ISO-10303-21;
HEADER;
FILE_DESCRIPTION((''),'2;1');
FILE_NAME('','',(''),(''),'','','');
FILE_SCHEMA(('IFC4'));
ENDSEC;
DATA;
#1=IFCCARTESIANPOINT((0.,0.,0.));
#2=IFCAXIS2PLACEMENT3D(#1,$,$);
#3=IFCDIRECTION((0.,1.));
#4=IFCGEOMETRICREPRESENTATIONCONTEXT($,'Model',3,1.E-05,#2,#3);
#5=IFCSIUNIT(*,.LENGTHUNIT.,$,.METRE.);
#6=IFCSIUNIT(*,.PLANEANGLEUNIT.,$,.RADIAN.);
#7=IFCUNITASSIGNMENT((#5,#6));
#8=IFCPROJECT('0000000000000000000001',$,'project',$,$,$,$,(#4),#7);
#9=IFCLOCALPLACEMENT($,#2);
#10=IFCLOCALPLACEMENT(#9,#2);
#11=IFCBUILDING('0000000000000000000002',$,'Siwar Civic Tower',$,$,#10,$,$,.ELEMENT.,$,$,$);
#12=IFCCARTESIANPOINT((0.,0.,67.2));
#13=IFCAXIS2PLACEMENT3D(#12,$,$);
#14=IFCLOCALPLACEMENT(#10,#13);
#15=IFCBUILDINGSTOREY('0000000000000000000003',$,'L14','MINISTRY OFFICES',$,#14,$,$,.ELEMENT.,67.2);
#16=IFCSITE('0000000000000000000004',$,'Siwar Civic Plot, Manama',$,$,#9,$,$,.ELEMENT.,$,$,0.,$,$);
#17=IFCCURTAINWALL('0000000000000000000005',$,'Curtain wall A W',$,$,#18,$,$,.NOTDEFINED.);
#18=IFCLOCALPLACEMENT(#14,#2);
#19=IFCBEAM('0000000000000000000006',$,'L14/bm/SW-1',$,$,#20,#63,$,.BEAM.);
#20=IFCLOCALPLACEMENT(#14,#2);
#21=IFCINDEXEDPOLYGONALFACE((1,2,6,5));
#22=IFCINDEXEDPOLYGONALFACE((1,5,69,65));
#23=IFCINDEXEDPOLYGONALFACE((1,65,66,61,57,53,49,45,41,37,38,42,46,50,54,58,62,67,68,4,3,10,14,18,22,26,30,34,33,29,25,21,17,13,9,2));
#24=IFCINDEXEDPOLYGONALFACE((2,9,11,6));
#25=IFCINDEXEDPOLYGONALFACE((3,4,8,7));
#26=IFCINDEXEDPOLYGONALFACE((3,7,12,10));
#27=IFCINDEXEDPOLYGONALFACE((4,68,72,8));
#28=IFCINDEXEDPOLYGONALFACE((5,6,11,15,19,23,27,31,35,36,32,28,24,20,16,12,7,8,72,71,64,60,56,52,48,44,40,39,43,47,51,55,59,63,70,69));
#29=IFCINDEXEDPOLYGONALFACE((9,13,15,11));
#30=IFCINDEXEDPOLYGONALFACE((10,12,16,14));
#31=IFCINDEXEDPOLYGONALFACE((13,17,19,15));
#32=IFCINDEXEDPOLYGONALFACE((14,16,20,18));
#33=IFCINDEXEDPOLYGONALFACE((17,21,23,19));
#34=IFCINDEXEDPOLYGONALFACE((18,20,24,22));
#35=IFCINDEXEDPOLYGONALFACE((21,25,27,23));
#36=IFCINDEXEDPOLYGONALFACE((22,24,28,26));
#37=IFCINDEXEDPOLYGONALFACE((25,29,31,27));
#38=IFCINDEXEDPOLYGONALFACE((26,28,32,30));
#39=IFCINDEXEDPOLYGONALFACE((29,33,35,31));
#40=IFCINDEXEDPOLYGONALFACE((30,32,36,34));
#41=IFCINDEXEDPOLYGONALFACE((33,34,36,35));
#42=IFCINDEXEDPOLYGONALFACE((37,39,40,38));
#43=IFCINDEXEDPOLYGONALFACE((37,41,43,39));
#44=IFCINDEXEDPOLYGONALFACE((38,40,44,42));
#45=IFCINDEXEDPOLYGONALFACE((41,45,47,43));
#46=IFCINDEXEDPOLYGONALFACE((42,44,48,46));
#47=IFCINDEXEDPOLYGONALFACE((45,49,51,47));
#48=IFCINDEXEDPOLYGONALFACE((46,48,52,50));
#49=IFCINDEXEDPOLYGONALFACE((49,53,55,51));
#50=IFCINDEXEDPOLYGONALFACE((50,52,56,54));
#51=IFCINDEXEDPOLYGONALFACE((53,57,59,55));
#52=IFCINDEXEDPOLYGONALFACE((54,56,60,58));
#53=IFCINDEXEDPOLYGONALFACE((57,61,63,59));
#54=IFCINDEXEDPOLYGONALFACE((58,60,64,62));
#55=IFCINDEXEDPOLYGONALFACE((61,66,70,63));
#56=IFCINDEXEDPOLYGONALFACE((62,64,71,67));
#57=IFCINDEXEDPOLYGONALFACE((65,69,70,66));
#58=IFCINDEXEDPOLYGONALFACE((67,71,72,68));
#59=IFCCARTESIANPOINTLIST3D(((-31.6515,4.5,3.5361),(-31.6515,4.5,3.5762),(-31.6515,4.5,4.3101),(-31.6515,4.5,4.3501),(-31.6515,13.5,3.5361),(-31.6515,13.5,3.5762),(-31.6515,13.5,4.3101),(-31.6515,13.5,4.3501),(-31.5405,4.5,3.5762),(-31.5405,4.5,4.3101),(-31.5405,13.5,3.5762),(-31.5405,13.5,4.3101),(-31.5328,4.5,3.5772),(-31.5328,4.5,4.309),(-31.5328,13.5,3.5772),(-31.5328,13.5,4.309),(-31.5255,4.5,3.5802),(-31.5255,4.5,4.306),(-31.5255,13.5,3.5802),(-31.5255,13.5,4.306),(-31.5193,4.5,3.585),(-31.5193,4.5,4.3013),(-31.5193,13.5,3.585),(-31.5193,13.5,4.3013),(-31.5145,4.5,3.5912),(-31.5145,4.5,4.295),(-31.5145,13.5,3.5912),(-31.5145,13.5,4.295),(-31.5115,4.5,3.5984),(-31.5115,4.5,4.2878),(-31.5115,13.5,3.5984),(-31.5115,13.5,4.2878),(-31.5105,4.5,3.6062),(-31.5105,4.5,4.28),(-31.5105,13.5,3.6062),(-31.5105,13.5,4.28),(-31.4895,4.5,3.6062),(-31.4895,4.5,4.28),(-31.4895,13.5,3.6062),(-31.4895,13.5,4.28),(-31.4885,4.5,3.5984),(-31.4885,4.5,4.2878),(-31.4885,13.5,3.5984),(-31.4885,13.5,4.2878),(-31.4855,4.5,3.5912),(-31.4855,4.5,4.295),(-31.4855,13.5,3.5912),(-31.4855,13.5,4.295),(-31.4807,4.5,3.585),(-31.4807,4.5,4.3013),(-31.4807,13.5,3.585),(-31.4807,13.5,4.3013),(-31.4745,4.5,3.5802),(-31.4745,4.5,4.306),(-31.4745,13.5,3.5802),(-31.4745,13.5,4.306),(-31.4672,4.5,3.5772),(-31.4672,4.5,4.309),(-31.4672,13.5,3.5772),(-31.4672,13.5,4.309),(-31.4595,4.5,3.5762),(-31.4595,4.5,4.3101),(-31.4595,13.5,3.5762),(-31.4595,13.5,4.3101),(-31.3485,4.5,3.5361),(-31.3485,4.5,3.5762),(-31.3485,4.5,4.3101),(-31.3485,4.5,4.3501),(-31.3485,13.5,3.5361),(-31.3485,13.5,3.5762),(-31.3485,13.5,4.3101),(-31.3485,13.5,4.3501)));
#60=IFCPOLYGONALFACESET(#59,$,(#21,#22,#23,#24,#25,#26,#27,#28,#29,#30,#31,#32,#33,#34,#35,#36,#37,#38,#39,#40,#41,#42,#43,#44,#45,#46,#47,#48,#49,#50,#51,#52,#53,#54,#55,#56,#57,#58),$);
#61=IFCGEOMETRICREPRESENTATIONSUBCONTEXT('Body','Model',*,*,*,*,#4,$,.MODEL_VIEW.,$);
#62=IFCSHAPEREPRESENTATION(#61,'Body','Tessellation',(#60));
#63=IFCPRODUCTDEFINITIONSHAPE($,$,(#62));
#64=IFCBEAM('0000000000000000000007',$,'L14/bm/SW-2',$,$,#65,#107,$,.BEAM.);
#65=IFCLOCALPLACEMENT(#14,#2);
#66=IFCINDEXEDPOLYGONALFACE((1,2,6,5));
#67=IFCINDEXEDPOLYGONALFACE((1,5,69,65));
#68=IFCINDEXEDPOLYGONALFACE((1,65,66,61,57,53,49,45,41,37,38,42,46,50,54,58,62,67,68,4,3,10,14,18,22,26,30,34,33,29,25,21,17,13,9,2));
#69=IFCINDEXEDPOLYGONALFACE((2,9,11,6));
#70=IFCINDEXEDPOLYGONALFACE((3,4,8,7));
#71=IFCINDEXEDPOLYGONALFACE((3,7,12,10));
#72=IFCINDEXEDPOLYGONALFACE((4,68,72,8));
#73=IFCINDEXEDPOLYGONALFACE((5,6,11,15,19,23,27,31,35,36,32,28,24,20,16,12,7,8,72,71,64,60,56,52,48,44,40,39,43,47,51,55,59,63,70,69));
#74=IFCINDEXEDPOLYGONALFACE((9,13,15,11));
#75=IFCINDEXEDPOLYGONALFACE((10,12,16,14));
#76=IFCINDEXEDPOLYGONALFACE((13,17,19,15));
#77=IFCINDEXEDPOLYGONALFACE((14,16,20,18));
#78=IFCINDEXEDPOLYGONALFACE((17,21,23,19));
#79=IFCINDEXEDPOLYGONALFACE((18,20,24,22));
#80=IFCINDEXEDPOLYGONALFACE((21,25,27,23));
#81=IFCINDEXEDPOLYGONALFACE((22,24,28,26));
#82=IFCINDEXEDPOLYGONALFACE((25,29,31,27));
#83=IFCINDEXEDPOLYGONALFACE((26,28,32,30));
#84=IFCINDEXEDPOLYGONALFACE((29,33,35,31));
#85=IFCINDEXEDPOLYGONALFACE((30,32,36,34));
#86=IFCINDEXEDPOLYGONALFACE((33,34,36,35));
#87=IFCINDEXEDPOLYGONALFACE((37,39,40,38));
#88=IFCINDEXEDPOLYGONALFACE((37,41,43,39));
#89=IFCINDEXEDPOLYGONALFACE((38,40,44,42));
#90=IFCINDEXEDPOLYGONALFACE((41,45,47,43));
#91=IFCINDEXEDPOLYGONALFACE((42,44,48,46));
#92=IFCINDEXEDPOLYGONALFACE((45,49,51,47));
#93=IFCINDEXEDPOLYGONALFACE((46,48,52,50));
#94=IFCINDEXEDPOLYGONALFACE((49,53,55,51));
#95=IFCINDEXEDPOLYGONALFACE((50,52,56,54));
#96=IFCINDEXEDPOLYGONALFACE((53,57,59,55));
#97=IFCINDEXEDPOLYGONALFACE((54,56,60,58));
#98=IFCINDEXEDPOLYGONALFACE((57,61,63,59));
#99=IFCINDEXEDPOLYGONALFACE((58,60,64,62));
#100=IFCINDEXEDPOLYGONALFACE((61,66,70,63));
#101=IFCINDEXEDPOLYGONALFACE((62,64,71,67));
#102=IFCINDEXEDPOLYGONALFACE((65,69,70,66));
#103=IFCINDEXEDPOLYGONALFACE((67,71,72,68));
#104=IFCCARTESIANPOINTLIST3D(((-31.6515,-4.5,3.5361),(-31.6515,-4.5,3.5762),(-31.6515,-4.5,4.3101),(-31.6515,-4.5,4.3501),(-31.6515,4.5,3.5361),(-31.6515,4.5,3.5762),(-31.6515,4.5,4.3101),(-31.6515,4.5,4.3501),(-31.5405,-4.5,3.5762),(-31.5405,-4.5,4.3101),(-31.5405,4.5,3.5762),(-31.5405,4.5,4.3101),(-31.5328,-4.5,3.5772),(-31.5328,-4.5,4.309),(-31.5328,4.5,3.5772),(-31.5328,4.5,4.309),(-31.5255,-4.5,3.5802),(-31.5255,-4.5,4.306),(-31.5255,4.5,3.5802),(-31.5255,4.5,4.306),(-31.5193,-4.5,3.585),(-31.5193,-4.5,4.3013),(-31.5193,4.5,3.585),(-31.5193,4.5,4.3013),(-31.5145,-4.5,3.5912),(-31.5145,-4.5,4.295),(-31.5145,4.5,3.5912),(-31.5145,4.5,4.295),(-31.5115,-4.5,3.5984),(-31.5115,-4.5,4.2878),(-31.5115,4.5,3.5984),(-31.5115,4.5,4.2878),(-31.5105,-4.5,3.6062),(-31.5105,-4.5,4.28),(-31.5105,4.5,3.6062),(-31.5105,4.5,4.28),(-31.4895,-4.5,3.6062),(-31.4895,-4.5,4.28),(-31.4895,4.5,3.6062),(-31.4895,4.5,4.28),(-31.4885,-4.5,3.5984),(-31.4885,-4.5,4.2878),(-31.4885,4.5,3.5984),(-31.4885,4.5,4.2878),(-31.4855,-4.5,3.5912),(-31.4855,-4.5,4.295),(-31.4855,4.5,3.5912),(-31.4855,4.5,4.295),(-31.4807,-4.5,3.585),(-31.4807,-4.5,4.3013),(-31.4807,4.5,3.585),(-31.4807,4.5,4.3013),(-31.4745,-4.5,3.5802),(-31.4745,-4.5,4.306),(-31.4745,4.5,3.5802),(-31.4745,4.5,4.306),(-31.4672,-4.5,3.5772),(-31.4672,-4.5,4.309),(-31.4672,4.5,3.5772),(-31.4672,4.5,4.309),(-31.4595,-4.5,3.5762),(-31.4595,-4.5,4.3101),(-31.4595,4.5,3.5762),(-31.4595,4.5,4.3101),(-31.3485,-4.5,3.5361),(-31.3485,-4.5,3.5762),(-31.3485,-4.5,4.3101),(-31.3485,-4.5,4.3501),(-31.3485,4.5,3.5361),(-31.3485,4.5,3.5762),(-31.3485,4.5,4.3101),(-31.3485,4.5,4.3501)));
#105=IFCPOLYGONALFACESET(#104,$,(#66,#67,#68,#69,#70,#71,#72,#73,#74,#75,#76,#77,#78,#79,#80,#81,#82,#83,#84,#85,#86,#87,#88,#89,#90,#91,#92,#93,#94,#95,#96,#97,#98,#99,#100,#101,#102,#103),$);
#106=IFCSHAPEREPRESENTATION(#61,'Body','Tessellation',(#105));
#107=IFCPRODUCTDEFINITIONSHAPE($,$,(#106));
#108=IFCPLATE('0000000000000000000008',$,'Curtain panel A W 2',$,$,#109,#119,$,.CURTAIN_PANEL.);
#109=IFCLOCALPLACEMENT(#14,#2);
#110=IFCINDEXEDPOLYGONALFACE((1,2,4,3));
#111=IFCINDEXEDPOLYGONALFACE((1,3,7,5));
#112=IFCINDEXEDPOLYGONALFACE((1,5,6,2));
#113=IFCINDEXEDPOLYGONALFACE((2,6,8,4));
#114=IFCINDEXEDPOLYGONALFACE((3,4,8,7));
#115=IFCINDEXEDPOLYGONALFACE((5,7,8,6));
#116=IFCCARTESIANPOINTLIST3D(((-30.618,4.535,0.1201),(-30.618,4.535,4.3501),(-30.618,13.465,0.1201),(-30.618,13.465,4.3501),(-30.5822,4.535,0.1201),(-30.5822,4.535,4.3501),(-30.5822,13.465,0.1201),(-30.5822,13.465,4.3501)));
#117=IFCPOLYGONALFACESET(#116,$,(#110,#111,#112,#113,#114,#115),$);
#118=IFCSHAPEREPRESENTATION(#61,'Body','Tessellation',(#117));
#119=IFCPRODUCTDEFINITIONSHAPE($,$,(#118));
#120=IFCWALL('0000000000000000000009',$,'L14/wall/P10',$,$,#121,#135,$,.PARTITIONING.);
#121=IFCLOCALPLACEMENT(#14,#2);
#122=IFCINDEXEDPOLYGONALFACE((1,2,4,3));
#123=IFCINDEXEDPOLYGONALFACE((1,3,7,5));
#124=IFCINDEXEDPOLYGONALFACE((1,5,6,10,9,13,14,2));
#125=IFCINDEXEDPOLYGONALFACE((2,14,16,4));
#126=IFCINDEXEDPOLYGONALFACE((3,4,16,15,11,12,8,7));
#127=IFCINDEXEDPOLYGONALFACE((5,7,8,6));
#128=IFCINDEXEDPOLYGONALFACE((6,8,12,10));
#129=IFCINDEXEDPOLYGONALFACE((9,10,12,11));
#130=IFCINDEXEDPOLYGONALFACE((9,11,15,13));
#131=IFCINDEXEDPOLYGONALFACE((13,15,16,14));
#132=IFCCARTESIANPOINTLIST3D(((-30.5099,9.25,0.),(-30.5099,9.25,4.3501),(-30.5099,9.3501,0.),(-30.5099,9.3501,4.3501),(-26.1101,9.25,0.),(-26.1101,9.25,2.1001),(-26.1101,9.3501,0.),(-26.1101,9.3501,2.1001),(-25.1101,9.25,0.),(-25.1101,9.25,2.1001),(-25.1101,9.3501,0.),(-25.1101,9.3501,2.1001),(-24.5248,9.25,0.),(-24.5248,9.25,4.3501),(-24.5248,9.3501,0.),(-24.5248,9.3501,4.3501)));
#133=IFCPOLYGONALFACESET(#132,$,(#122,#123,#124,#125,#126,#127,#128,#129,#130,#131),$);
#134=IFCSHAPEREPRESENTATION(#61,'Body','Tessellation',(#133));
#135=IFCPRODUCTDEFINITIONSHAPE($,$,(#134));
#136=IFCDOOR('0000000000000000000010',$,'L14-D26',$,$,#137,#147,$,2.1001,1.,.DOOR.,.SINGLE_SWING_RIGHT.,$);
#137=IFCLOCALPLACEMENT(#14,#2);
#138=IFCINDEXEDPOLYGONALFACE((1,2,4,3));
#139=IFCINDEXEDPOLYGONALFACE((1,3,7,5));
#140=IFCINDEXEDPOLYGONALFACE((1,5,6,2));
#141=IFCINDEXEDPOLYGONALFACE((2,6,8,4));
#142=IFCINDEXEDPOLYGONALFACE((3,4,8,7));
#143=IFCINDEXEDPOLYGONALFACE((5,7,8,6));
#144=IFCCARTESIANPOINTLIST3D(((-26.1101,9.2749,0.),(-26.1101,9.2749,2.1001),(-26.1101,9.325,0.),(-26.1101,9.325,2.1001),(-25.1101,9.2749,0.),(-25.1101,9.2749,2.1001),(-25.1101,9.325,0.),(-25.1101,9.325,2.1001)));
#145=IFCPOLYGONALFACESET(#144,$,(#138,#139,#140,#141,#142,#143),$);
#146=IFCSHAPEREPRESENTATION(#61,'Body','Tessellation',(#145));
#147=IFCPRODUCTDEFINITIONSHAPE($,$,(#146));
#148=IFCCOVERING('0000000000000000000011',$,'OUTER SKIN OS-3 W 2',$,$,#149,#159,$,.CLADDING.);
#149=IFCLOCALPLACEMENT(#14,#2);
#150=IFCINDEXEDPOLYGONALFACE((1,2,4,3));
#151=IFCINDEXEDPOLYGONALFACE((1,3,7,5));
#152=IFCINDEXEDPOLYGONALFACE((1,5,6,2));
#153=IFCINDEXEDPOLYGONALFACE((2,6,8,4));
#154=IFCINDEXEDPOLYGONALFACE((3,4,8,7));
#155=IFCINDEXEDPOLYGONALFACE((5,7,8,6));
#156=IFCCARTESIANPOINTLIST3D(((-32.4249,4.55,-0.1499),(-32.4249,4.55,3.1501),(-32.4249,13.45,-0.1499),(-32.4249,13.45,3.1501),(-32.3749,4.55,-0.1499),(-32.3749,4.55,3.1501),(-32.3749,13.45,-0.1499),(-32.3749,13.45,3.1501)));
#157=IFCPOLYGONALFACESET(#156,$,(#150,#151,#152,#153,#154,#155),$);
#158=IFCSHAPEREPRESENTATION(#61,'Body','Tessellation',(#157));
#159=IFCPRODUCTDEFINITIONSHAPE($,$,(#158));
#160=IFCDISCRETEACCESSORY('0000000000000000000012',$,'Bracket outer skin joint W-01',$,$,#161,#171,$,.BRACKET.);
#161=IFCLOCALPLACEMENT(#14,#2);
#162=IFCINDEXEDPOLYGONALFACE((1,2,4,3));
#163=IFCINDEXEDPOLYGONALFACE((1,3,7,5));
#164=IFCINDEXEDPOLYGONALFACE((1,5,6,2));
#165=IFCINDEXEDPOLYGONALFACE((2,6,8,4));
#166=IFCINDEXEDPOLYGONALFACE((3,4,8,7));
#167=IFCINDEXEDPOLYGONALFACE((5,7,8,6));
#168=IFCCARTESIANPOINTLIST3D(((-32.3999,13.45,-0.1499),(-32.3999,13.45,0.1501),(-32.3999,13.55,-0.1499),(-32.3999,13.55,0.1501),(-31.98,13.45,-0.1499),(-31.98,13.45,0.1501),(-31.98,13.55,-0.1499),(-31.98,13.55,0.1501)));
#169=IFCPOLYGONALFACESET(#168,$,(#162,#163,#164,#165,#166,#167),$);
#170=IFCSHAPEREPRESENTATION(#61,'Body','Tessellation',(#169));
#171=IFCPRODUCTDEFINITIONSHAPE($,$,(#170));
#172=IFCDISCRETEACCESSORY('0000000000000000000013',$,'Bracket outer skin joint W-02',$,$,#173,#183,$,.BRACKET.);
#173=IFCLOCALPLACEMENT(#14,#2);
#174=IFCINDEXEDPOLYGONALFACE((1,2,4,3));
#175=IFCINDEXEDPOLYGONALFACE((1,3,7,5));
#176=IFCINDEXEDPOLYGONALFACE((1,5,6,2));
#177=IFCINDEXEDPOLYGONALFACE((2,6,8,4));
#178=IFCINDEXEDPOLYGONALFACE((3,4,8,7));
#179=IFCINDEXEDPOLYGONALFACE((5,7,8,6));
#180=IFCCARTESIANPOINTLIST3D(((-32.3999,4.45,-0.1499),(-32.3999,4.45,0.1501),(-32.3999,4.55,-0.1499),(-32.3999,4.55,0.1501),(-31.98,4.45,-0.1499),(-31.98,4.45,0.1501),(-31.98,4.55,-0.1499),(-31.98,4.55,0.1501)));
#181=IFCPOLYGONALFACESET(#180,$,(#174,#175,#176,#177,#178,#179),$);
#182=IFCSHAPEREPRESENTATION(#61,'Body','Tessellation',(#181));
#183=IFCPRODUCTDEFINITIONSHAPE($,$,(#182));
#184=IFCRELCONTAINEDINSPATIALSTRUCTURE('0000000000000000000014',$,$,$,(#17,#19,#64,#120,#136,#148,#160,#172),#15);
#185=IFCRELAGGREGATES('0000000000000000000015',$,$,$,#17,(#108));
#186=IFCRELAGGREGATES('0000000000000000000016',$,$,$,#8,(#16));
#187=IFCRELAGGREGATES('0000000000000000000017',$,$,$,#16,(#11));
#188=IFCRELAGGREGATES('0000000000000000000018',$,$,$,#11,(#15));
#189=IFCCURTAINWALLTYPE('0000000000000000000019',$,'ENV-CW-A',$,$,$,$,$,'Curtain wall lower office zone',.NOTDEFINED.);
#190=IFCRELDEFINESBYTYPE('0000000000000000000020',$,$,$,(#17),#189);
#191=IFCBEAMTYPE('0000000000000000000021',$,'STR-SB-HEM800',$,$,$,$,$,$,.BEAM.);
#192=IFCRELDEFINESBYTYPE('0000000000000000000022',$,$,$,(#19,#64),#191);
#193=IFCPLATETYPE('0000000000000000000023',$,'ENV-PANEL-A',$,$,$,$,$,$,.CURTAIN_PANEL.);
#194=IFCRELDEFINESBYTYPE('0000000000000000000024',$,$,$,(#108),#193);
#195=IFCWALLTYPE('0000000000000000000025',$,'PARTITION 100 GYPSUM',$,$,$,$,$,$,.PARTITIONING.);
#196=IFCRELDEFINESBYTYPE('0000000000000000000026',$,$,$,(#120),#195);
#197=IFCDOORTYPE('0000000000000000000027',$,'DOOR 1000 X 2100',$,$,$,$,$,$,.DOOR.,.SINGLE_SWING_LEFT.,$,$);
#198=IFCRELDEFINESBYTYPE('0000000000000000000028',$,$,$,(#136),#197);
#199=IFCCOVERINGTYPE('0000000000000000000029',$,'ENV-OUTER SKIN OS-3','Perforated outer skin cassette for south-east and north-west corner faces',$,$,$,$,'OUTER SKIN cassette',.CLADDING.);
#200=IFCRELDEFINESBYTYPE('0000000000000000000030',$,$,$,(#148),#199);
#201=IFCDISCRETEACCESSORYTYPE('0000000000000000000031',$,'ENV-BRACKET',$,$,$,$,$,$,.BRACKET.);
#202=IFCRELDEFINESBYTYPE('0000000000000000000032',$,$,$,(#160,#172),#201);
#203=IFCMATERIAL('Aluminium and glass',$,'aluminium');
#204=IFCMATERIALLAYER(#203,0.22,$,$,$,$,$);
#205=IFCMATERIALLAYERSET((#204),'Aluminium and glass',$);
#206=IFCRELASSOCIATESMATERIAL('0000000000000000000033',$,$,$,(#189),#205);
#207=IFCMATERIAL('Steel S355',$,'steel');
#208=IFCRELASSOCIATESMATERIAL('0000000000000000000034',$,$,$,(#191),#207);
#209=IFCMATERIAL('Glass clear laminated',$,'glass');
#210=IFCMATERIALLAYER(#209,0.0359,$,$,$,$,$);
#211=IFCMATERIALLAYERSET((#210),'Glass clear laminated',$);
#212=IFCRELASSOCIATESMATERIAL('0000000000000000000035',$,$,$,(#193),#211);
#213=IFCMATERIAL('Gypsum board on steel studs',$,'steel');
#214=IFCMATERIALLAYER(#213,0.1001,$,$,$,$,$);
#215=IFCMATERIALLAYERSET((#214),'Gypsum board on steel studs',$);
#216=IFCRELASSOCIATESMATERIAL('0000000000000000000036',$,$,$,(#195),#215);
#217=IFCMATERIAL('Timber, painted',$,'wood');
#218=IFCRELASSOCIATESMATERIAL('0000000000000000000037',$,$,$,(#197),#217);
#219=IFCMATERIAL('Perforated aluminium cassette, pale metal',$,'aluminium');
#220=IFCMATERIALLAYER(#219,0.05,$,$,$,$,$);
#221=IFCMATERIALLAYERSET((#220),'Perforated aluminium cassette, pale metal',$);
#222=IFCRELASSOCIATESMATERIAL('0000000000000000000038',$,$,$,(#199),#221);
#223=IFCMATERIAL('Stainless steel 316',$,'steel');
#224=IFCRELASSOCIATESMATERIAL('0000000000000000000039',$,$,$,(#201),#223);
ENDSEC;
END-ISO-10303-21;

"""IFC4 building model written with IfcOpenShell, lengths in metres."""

from ifc_helpers import new_model, si_unit, direction, frame, frame_2d, origin, origin_2d, place, context, subcontext, project, spatial, rectangle, i_section, extrude, material, layer, layer_set, material_profile, profile_set, type_object, element, fill, aggregate, save


model = new_model("IFC4")

# Units and contexts
model_context = context("Model", 3, precision=1e-05, world=origin(), true_north=direction((0.0, 1.0)))
body_context = subcontext(model_context, "Body", "Model", "MODEL_VIEW")
ifc_project = project(units=[si_unit("LENGTHUNIT", "METRE"), si_unit("PLANEANGLEUNIT", "RADIAN")], contexts=[model_context])

# Site, building, storey
site_placement = place(None, origin())
site = spatial("IfcSite", under=ifc_project, at=site_placement, Name="Siwar Civic Plot, Manama", CompositionType="ELEMENT", RefElevation=0.0)
building_placement = place(site_placement, origin())
building = spatial("IfcBuilding", under=site, at=building_placement, Name="Siwar Civic Tower", CompositionType="ELEMENT")
storey_placement = place(building_placement, frame((0.0, 0.0, 67.2)))
storey = spatial("IfcBuildingStorey", under=building, at=storey_placement, Name="L14", Description="MINISTRY OFFICES", CompositionType="ELEMENT", Elevation=67.2)

# Curtain wall
ifc_material_1 = material(Name="Aluminium and glass", Category="aluminium")
ifc_layer_1 = layer(ifc_material_1, 0.22)
ifc_layer_set_1 = layer_set([ifc_layer_1], Name="Aluminium and glass")
curtain_wall_type = type_object("IfcCurtainWallType", Name="ENV-CW-A", ElementType="Curtain wall lower office zone", PredefinedType="NOTDEFINED", material=ifc_layer_set_1)
curtain_wall_placement = place(storey_placement, origin())
curtain_wall = element("IfcCurtainWall", 1, at=curtain_wall_placement, inside=storey, type_object=curtain_wall_type, Name="Curtain wall A W", PredefinedType="NOTDEFINED")

# Beams
ifc_material_2 = material(Name="Steel S355", Category="steel")
ifc_material_profile_1 = material_profile(ifc_material_2, i_section(OverallWidth=0.303, OverallDepth=0.814, WebThickness=0.021, FlangeThickness=0.04, FilletRadius=0.03, at=origin_2d()), Name="HEM800")
ifc_profile_set_1 = profile_set([ifc_material_profile_1], Name="Steel S355")
beam_type_1 = type_object("IfcBeamType", Name="STR-SB-HEM800", PredefinedType="BEAM", material=ifc_profile_set_1)
for number, where, z_axis, x_axis, name in (
    (2, (-31.5, 13.5, 3.9431), (0.0, -1.0, 0.0), (1.0, 0.0, 0.0), "L14/bm/SW-1"),
    (3, (-31.5, 4.5, 3.9431), (0.0, -1.0, 0.0), (1.0, 0.0, 0.0), "L14/bm/SW-2"),
):
    element("IfcBeam", number, at=place(storey_placement, frame(where, z_axis=z_axis, x_axis=x_axis)), inside=storey, type_object=beam_type_1, Name=name, PredefinedType="BEAM", context=body_context, shape_type="SweptSolid", body=[
        extrude(i_section(OverallWidth=0.303, OverallDepth=0.814, WebThickness=0.021, FlangeThickness=0.04, FilletRadius=0.03, at=origin_2d()), origin(), (0.0, 0.0, 1.0), 9.0),
    ])

# Plate
ifc_material_3 = material(Name="Glass clear laminated", Category="glass")
ifc_layer_2 = layer(ifc_material_3, 0.0359)
ifc_layer_set_2 = layer_set([ifc_layer_2], Name="Glass clear laminated")
plate_type = type_object("IfcPlateType", Name="ENV-PANEL-A", PredefinedType="CURTAIN_PANEL", material=ifc_layer_set_2)
plate_placement = place(storey_placement, frame((-30.6001, 9.0, 0.1201), z_axis=(0.0, 0.0, 1.0), x_axis=(0.0, -1.0, 0.0)))
plate = element("IfcPlate", 4, at=plate_placement, type_object=plate_type, Name="Curtain panel A W 2", PredefinedType="CURTAIN_PANEL", context=body_context, shape_type="SweptSolid", body=[
    extrude(rectangle(XDim=8.9299, YDim=0.0359, at=origin_2d()), origin(), (0.0, 0.0, 1.0), 4.23),
])
aggregate(curtain_wall, [plate])

# Wall, opening, door
ifc_material_4 = material(Name="Gypsum board on steel studs", Category="steel")
ifc_layer_3 = layer(ifc_material_4, 0.1001)
ifc_layer_set_3 = layer_set([ifc_layer_3], Name="Gypsum board on steel studs")
wall_type = type_object("IfcWallType", Name="PARTITION 100 GYPSUM", PredefinedType="PARTITIONING", material=ifc_layer_set_3)
wall_placement = place(storey_placement, frame((-30.51, 9.3, 0.0), z_axis=(0.0, 0.0, 1.0), x_axis=(1.0, 0.0, 0.0)))
wall = element("IfcWall", 5, at=wall_placement, inside=storey, type_object=wall_type, Name="L14/wall/P10", PredefinedType="PARTITIONING", context=body_context, shape_type="SweptSolid", body=[
    extrude(rectangle(XDim=5.9851, YDim=0.1001, at=frame_2d((2.9927, 0.0))), origin(), (0.0, 0.0, 1.0), 4.3501),
])
opening_placement = place(wall_placement, frame((4.3999, 0.0, 0.0)))
opening = element("IfcOpeningElement", 6, at=opening_placement, cuts=wall, PredefinedType="OPENING", context=body_context, shape_type="SweptSolid", body=[
    extrude(rectangle(XDim=1.0, YDim=2.1001, at=frame_2d((0.5, 1.05))), frame((0.0, 0.0601, 0.0), z_axis=(0.0, -1.0, 0.0), x_axis=(1.0, 0.0, 0.0)), (0.0, 0.0, 1.0), 0.1201),
])
ifc_material_5 = material(Name="Timber, painted", Category="wood")
door_type = type_object("IfcDoorType", Name="DOOR 1000 X 2100", OperationType="SINGLE_SWING_LEFT", PredefinedType="DOOR", material=ifc_material_5)
door_placement = place(opening_placement, origin())
door = element("IfcDoor", 7, at=door_placement, inside=storey, type_object=door_type, Name="L14-D26", OperationType="SINGLE_SWING_RIGHT", OverallHeight=2.1001, OverallWidth=1.0, PredefinedType="DOOR", context=body_context, shape_type="SweptSolid", body=[
    extrude(rectangle(XDim=1.0, YDim=2.1001, at=frame_2d((0.5, 1.05))), frame((0.0, 0.0249, 0.0), z_axis=(0.0, -1.0, 0.0), x_axis=(1.0, 0.0, 0.0)), (0.0, 0.0, 1.0), 0.05),
])
fill(opening, door)

# Covering
ifc_material_6 = material(Name="Perforated aluminium cassette, pale metal", Category="aluminium")
ifc_layer_4 = layer(ifc_material_6, 0.05)
ifc_layer_set_4 = layer_set([ifc_layer_4], Name="Perforated aluminium cassette, pale metal")
covering_type = type_object("IfcCoveringType", Name="ENV-OUTER SKIN OS-3", Description="Perforated outer skin cassette for south-east and north-west corner faces", ElementType="OUTER SKIN cassette", PredefinedType="CLADDING", material=ifc_layer_set_4)
covering_placement = place(storey_placement, frame((-32.3999, 9.0, -0.1499), z_axis=(0.0, 0.0, 1.0), x_axis=(0.0, -1.0, 0.0)))
element("IfcCovering", 8, at=covering_placement, inside=storey, type_object=covering_type, Name="OUTER SKIN OS-3 W 2", PredefinedType="CLADDING", context=body_context, shape_type="SweptSolid", body=[
    extrude(rectangle(XDim=8.8999, YDim=0.05, at=origin_2d()), origin(), (0.0, 0.0, 1.0), 3.3),
])

# Discrete accessories
ifc_material_7 = material(Name="Stainless steel 316", Category="steel")
discrete_accessory_type = type_object("IfcDiscreteAccessoryType", Name="ENV-BRACKET", PredefinedType="BRACKET", material=ifc_material_7)
for number, where, z_axis, x_axis, name in (
    (9, (-32.1899, 13.5, -0.1499), (0.0, 0.0, 1.0), (-1.0, 0.0, 0.0), "Bracket outer skin joint W-01"),
    (10, (-32.1899, 4.5, -0.1499), (0.0, 0.0, 1.0), (-1.0, 0.0, 0.0), "Bracket outer skin joint W-02"),
):
    element("IfcDiscreteAccessory", number, at=place(storey_placement, frame(where, z_axis=z_axis, x_axis=x_axis)), inside=storey, type_object=discrete_accessory_type, Name=name, PredefinedType="BRACKET", context=body_context, shape_type="SweptSolid", body=[
        extrude(rectangle(XDim=0.4199, YDim=0.1001, at=origin_2d()), origin(), (0.0, 0.0, 1.0), 0.3),
    ])

save(model, "model.ifc")
